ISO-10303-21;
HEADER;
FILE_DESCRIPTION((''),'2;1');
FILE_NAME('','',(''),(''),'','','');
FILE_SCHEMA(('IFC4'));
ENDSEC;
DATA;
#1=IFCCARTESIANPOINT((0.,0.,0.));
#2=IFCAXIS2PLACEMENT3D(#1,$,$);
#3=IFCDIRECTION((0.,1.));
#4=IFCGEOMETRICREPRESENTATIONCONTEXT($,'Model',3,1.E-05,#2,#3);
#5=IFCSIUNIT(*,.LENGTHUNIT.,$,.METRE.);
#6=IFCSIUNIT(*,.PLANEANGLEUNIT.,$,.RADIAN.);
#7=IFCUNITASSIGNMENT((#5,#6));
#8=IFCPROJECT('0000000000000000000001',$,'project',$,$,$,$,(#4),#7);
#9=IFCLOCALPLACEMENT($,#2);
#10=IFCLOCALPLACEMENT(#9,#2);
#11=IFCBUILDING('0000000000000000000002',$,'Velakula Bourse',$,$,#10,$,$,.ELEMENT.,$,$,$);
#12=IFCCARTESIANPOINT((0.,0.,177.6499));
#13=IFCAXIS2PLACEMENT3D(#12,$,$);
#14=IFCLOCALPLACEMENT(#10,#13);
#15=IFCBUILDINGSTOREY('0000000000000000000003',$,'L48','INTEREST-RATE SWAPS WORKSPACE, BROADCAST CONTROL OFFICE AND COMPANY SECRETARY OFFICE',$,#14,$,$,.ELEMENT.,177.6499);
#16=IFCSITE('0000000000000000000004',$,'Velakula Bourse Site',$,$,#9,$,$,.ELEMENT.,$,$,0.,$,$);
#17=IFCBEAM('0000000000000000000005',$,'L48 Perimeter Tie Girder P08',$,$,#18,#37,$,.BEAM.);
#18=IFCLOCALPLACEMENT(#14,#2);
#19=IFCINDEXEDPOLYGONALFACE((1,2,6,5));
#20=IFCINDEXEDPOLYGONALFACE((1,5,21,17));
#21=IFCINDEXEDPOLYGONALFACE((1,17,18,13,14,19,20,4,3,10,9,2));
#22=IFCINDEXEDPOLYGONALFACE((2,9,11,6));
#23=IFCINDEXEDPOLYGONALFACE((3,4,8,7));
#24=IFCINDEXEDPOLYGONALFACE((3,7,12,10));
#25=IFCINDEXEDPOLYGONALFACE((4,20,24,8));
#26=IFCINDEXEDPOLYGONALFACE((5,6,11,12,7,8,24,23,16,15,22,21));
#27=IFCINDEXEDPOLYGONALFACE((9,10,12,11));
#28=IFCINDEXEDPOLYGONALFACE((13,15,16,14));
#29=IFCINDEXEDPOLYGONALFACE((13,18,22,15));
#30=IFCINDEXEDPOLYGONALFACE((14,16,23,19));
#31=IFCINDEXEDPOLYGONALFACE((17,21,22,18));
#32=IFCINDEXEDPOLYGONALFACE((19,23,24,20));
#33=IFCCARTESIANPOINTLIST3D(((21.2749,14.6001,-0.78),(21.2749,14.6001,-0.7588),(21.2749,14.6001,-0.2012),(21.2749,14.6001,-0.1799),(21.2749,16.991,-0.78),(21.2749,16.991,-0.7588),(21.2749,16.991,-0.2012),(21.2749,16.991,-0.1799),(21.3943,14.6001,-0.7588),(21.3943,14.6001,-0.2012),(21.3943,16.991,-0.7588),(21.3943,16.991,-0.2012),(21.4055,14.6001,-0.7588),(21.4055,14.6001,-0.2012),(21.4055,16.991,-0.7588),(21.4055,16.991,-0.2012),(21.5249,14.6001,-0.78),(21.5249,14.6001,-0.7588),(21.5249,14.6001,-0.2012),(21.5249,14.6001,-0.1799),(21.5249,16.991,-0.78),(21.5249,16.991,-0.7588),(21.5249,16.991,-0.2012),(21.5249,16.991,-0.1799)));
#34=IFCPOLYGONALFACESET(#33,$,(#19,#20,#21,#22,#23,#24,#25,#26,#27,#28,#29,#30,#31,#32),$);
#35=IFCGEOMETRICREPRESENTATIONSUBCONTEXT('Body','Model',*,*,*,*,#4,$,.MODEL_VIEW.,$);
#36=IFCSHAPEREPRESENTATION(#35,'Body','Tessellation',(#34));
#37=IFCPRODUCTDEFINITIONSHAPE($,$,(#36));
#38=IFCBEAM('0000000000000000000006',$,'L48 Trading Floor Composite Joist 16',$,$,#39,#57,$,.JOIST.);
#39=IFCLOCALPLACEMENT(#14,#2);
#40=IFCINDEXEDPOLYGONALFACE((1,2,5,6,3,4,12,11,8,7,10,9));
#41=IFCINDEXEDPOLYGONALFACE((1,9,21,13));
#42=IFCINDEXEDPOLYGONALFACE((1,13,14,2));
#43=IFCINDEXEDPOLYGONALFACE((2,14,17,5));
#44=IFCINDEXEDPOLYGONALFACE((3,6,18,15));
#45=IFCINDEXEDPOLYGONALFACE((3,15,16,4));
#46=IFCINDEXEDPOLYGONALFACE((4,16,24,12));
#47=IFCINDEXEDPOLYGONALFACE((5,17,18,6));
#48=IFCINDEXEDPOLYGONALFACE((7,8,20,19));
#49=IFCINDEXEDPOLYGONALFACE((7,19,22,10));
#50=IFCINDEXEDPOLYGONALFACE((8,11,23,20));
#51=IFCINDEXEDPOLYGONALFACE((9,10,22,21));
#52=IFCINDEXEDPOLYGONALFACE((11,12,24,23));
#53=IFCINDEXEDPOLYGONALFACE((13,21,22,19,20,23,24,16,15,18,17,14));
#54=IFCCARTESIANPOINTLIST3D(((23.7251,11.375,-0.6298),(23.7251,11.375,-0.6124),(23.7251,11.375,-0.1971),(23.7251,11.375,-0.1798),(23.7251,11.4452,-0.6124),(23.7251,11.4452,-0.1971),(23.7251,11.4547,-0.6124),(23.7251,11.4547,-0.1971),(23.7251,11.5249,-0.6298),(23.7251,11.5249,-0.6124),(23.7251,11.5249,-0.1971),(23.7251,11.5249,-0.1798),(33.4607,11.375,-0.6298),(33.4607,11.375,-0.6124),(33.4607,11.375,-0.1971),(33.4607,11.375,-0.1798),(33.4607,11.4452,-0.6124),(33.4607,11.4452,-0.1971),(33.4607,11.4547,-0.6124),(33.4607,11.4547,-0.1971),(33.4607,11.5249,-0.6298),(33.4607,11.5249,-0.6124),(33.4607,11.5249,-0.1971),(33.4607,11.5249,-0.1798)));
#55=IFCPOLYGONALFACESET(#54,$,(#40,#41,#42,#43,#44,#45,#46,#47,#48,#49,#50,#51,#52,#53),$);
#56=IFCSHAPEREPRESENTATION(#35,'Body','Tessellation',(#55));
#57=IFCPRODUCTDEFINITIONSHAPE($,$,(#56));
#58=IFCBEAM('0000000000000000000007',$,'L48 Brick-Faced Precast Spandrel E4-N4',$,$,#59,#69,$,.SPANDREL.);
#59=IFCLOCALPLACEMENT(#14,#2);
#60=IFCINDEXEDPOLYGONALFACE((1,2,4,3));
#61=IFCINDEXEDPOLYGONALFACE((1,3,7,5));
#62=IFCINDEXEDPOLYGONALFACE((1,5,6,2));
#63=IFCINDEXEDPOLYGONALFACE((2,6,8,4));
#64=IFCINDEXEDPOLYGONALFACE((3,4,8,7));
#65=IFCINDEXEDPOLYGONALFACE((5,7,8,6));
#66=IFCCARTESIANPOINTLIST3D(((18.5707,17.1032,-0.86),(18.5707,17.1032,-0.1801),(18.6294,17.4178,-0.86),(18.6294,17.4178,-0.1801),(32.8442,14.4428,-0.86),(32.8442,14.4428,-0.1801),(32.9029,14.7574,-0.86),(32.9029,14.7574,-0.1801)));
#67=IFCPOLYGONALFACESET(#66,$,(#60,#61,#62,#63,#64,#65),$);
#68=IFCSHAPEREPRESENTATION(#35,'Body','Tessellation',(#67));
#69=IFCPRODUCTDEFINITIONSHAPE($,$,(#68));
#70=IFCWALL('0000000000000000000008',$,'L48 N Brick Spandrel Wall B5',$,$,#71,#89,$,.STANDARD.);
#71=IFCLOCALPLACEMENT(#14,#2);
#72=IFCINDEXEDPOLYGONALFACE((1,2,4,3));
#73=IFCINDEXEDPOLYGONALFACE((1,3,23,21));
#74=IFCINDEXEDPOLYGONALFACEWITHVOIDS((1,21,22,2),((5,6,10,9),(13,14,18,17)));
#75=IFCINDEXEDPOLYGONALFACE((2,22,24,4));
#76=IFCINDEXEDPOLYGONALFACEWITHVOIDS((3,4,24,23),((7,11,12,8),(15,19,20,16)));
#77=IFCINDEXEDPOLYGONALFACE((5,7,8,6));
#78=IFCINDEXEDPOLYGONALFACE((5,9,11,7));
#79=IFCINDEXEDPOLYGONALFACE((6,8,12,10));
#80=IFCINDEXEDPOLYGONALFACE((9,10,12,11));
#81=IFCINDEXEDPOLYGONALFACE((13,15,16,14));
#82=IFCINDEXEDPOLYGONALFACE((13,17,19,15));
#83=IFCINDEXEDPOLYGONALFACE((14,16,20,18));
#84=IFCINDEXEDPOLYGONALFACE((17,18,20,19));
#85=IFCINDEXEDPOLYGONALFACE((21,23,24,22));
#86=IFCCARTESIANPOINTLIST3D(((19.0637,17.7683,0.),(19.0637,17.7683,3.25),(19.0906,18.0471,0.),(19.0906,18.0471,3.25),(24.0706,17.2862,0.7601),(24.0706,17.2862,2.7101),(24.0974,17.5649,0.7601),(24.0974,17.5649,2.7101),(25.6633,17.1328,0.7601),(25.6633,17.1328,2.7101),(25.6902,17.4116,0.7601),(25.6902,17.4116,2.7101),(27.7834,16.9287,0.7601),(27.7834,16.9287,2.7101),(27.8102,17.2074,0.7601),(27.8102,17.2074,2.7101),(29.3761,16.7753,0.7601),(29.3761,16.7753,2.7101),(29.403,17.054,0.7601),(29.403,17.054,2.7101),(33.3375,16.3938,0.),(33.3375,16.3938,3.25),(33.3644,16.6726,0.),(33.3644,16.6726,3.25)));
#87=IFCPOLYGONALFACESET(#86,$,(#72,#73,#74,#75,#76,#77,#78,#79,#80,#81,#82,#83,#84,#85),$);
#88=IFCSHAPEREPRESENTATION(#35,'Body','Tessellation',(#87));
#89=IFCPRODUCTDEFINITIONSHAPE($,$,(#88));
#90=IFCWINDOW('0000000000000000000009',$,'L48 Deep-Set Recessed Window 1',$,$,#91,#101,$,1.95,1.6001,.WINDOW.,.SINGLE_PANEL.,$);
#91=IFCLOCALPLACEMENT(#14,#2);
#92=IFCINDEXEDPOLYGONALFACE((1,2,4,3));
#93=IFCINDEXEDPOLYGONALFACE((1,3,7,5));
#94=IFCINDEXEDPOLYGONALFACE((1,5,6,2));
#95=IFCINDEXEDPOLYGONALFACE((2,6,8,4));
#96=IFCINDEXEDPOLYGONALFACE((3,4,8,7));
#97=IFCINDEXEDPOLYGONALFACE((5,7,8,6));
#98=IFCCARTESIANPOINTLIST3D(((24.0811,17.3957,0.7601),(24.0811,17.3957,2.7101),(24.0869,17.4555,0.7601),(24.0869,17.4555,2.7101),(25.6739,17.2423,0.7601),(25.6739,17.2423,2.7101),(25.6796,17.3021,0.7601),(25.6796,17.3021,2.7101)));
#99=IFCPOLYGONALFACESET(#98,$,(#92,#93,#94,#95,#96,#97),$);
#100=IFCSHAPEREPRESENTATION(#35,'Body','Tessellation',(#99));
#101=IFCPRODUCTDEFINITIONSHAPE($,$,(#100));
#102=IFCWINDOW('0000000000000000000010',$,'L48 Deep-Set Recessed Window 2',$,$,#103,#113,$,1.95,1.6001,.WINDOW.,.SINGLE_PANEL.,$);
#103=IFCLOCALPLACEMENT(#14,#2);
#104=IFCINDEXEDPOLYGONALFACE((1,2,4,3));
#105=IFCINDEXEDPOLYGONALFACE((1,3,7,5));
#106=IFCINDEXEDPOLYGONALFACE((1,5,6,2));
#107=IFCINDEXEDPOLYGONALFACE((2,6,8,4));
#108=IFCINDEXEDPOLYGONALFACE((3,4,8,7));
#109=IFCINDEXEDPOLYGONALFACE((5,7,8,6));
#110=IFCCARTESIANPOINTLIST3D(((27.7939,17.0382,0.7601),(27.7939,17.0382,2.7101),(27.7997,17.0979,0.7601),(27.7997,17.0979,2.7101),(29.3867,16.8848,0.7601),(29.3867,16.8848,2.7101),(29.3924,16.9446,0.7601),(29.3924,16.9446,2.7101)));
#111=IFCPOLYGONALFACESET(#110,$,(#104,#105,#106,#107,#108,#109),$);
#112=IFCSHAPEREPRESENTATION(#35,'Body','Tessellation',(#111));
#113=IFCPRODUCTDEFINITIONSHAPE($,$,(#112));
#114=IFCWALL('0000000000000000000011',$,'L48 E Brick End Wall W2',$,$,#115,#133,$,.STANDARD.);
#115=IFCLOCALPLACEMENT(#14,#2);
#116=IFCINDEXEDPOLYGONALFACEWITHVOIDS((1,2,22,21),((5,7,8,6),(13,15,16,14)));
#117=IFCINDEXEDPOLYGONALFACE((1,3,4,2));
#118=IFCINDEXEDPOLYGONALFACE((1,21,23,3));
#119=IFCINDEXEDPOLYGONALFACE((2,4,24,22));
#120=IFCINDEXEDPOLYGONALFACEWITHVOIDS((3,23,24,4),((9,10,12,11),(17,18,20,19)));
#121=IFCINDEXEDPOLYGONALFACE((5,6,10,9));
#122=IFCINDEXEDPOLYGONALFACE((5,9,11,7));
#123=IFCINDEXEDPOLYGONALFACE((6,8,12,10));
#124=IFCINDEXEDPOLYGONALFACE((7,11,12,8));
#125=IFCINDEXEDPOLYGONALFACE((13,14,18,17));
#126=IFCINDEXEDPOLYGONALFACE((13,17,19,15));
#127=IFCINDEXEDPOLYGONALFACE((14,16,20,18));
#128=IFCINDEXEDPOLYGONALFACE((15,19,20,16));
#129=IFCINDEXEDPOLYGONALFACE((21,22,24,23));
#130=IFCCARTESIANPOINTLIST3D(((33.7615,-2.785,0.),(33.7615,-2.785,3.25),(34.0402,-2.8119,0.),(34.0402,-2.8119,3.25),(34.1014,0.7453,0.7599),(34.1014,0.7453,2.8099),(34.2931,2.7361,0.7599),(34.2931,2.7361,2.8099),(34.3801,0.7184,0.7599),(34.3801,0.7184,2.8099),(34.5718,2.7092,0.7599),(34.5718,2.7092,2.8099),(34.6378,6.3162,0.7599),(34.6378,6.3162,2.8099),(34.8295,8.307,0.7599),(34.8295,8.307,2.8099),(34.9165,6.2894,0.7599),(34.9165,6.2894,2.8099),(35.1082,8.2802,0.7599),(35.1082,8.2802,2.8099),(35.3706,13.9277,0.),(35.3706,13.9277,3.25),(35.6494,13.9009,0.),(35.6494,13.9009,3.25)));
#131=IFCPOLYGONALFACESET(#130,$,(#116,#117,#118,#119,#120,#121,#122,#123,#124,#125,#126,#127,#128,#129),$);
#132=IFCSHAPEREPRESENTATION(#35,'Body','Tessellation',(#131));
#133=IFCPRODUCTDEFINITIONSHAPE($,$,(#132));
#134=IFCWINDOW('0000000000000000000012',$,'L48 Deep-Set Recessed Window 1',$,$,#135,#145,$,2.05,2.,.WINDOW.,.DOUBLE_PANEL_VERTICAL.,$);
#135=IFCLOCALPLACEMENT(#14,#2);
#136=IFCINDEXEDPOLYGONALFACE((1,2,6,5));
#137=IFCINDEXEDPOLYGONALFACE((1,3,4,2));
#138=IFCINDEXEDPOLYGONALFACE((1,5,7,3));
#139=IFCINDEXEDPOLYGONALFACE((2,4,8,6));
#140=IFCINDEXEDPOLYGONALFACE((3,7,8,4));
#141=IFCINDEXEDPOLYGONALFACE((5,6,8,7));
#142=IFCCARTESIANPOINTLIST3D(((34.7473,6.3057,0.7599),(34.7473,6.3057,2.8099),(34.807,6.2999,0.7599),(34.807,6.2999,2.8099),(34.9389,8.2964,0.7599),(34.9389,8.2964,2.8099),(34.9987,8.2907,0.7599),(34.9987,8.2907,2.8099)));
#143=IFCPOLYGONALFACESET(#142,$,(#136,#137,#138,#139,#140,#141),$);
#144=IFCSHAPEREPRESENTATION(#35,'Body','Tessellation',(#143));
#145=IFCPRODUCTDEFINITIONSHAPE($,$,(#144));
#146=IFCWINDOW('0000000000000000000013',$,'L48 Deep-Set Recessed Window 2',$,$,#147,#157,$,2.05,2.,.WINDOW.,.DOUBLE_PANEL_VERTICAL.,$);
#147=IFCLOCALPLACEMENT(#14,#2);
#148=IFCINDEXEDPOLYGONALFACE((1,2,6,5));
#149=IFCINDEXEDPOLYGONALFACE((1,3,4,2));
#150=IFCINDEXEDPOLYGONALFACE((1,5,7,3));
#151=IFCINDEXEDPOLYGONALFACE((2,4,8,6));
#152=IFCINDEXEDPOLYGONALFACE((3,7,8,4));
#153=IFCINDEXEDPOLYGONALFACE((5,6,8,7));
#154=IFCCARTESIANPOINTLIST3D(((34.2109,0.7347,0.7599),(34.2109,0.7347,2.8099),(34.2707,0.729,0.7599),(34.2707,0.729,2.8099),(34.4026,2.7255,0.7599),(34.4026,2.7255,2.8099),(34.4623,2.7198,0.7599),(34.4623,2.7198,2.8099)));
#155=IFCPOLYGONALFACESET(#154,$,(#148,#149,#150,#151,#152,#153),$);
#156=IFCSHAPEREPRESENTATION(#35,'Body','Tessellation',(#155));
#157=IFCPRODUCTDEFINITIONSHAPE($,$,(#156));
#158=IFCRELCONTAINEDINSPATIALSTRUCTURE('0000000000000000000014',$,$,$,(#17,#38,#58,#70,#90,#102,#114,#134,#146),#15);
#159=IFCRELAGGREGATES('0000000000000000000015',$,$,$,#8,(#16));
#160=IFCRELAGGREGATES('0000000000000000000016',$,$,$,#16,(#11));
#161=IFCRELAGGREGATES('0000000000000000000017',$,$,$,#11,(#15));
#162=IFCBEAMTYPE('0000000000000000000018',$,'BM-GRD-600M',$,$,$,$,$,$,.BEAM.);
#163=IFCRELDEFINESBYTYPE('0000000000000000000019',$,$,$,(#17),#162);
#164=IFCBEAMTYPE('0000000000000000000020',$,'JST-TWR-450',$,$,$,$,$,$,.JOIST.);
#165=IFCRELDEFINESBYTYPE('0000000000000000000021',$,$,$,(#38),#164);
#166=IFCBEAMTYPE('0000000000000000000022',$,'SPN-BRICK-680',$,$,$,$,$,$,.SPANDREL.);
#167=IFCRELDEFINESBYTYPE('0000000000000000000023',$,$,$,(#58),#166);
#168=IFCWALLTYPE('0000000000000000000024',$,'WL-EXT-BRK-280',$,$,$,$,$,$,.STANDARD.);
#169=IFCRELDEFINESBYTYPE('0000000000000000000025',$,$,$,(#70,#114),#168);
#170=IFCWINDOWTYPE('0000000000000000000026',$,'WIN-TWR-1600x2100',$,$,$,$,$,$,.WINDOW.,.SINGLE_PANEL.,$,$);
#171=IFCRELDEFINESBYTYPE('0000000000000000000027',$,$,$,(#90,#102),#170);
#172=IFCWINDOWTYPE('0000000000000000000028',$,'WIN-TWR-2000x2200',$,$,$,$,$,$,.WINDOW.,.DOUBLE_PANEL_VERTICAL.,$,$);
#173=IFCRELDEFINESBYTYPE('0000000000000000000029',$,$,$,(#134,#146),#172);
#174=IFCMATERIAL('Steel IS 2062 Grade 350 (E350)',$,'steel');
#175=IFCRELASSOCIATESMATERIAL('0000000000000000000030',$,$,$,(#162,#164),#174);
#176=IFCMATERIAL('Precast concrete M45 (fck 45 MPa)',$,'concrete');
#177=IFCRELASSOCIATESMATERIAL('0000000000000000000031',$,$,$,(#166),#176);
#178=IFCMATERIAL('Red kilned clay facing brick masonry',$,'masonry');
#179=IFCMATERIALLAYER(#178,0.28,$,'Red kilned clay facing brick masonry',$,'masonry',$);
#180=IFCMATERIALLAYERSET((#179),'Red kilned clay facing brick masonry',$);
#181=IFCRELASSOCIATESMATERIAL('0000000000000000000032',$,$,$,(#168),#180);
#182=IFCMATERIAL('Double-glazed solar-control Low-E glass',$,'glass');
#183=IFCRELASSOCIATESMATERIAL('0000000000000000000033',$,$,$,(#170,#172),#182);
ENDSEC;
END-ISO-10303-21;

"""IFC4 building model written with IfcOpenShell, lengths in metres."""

from ifc_helpers import new_model, si_unit, direction, frame, frame_2d, origin, origin_2d, place, context, subcontext, project, spatial, rectangle, i_section, extrude, material, layer, layer_set, material_profile, profile_set, type_object, element, fill, save


model = new_model("IFC4")

# Units and contexts
model_context = context("Model", 3, precision=1e-05, world=origin(), true_north=direction((0.0, 1.0)))
body_context = subcontext(model_context, "Body", "Model", "MODEL_VIEW")
ifc_project = project(units=[si_unit("LENGTHUNIT", "METRE"), si_unit("PLANEANGLEUNIT", "RADIAN")], contexts=[model_context])

# Site, building, storey
site_placement = place(None, origin())
site = spatial("IfcSite", under=ifc_project, at=site_placement, Name="Velakula Bourse Site", CompositionType="ELEMENT", RefElevation=0.0)
building_placement = place(site_placement, origin())
building = spatial("IfcBuilding", under=site, at=building_placement, Name="Velakula Bourse", CompositionType="ELEMENT")
storey_placement = place(building_placement, frame((0.0, 0.0, 177.6499)))
storey = spatial("IfcBuildingStorey", under=building, at=storey_placement, Name="L48", Description="INTEREST-RATE SWAPS WORKSPACE, BROADCAST CONTROL OFFICE AND COMPANY SECRETARY OFFICE", CompositionType="ELEMENT", Elevation=177.6499)

# Shared definitions
ifc_material_1 = material(Name="Steel IS 2062 Grade 350 (E350)", Category="steel")
ifc_material_2 = material(Name="Precast concrete M45 (fck 45 MPa)", Category="concrete")

# Beams
ifc_material_profile_1 = material_profile(ifc_material_1, i_section(OverallWidth=0.25, OverallDepth=0.6001, WebThickness=0.0112, FlangeThickness=0.0212, at=origin_2d()), Name="Steel IS 2062 Grade 350 (E350)")
ifc_profile_set_1 = profile_set([ifc_material_profile_1], Name="Steel IS 2062 Grade 350 (E350)")
beam_type_1 = type_object("IfcBeamType", Name="BM-GRD-600M", PredefinedType="BEAM", material=ifc_profile_set_1)
beam_1_placement = place(storey_placement, frame((21.3999, 14.6001, -0.48), z_axis=(0.0, 1.0, 0.0), x_axis=(-1.0, 0.0, 0.0)))
element("IfcBeam", 1, at=beam_1_placement, inside=storey, type_object=beam_type_1, Name="L48 Perimeter Tie Girder P08", PredefinedType="BEAM", context=body_context, shape_type="SweptSolid", body=[
    extrude(i_section(OverallWidth=0.25, OverallDepth=0.6001, WebThickness=0.0112, FlangeThickness=0.0212, at=origin_2d()), origin(), (0.0, 0.0, 1.0), 2.3909),
])
ifc_material_profile_2 = material_profile(ifc_material_1, i_section(OverallWidth=0.1499, OverallDepth=0.45, WebThickness=0.0095, FlangeThickness=0.0173, at=origin_2d()), Name="Steel IS 2062 Grade 350 (E350)")
ifc_profile_set_2 = profile_set([ifc_material_profile_2], Name="Steel IS 2062 Grade 350 (E350)")
beam_type_2 = type_object("IfcBeamType", Name="JST-TWR-450", PredefinedType="JOIST", material=ifc_profile_set_2)
beam_2_placement = place(storey_placement, frame((23.7251, 11.45, -0.4048), z_axis=(1.0, 0.0, 0.0), x_axis=(0.0, 1.0, 0.0)))
element("IfcBeam", 2, at=beam_2_placement, inside=storey, type_object=beam_type_2, Name="L48 Trading Floor Composite Joist 16", PredefinedType="JOIST", context=body_context, shape_type="SweptSolid", body=[
    extrude(i_section(OverallWidth=0.1499, OverallDepth=0.45, WebThickness=0.0095, FlangeThickness=0.0173, at=origin_2d()), origin(), (0.0, 0.0, 1.0), 9.7356),
])
ifc_material_profile_3 = material_profile(ifc_material_2, rectangle(XDim=0.3201, YDim=0.6799, at=origin_2d()), Name="Precast concrete M45 (fck 45 MPa)")
ifc_profile_set_3 = profile_set([ifc_material_profile_3], Name="Precast concrete M45 (fck 45 MPa)")
beam_type_3 = type_object("IfcBeamType", Name="SPN-BRICK-680", PredefinedType="SPANDREL", material=ifc_profile_set_3)
beam_3_placement = place(storey_placement, frame((32.8735, 14.6001, -0.52), z_axis=(-0.98307, 0.183233, 0.0), x_axis=(-0.183233, -0.98307, 0.0)))
element("IfcBeam", 3, at=beam_3_placement, inside=storey, type_object=beam_type_3, Name="L48 Brick-Faced Precast Spandrel E4-N4", PredefinedType="SPANDREL", context=body_context, shape_type="SweptSolid", body=[
    extrude(rectangle(XDim=0.3201, YDim=0.6799, at=origin_2d()), origin(), (0.0, 0.0, 1.0), 14.5193),
])

# Walls, openings, windows
ifc_material_3 = material(Name="Red kilned clay facing brick masonry", Category="masonry")
ifc_layer = layer(ifc_material_3, 0.28, Name="Red kilned clay facing brick masonry", Category="masonry")
ifc_layer_set = layer_set([ifc_layer], Name="Red kilned clay facing brick masonry")
wall_type = type_object("IfcWallType", Name="WL-EXT-BRK-280", PredefinedType="STANDARD", material=ifc_layer_set)
wall_1_placement = place(storey_placement, frame((19.0771, 17.9077, 0.0), z_axis=(0.0, 0.0, 1.0), x_axis=(0.995396, -0.095852, 0.0)))
wall_1 = element("IfcWall", 4, at=wall_1_placement, inside=storey, type_object=wall_type, Name="L48 N Brick Spandrel Wall B5", PredefinedType="STANDARD", context=body_context, shape_type="SweptSolid", body=[
    extrude(rectangle(XDim=14.3398, YDim=0.28, at=frame_2d((7.1699, 0.0))), origin(), (0.0, 0.0, 1.0), 3.25),
])
opening_1_placement = place(wall_1_placement, frame((5.03, 0.0, 0.76)))
opening_1 = element("IfcOpeningElement", 5, at=opening_1_placement, cuts=wall_1, PredefinedType="OPENING", context=body_context, shape_type="SweptSolid", body=[
    extrude(rectangle(XDim=1.6001, YDim=1.95, at=frame_2d((0.8, 0.9751))), frame((0.0, 0.1499, 0.0), z_axis=(0.0, -1.0, 0.0), x_axis=(1.0, 0.0, 0.0)), (0.0, 0.0, 1.0), 0.3),
])
opening_2_placement = place(wall_1_placement, frame((8.76, 0.0, 0.76)))
opening_2 = element("IfcOpeningElement", 6, at=opening_2_placement, cuts=wall_1, PredefinedType="OPENING", context=body_context, shape_type="SweptSolid", body=[
    extrude(rectangle(XDim=1.6001, YDim=1.95, at=frame_2d((0.8, 0.9751))), frame((0.0, 0.1499, 0.0), z_axis=(0.0, -1.0, 0.0), x_axis=(1.0, 0.0, 0.0)), (0.0, 0.0, 1.0), 0.3),
])
ifc_material_4 = material(Name="Double-glazed solar-control Low-E glass", Category="glass")
window_type_1 = type_object("IfcWindowType", Name="WIN-TWR-1600x2100", PartitioningType="SINGLE_PANEL", PredefinedType="WINDOW", material=ifc_material_4)
window_1_placement = place(opening_1_placement, origin())
window_1 = element("IfcWindow", 7, at=window_1_placement, inside=storey, type_object=window_type_1, Name="L48 Deep-Set Recessed Window 1", OverallHeight=1.95, OverallWidth=1.6001, PartitioningType="SINGLE_PANEL", PredefinedType="WINDOW", context=body_context, shape_type="SweptSolid", body=[
    extrude(rectangle(XDim=1.6001, YDim=1.95, at=frame_2d((0.8, 0.9751))), frame((0.0, 0.03, 0.0), z_axis=(0.0, -1.0, 0.0), x_axis=(1.0, 0.0, 0.0)), (0.0, 0.0, 1.0), 0.0601),
])
fill(opening_1, window_1)
window_2_placement = place(opening_2_placement, origin())
window_2 = element("IfcWindow", 8, at=window_2_placement, inside=storey, type_object=window_type_1, Name="L48 Deep-Set Recessed Window 2", OverallHeight=1.95, OverallWidth=1.6001, PartitioningType="SINGLE_PANEL", PredefinedType="WINDOW", context=body_context, shape_type="SweptSolid", body=[
    extrude(rectangle(XDim=1.6001, YDim=1.95, at=frame_2d((0.8, 0.9751))), frame((0.0, 0.03, 0.0), z_axis=(0.0, -1.0, 0.0), x_axis=(1.0, 0.0, 0.0)), (0.0, 0.0, 1.0), 0.0601),
])
fill(opening_2, window_2)
wall_2_placement = place(storey_placement, frame((35.51, 13.9143, 0.0), z_axis=(0.0, 0.0, 1.0), x_axis=(-0.095839, -0.995397, 0.0)))
wall_2 = element("IfcWall", 9, at=wall_2_placement, inside=storey, type_object=wall_type, Name="L48 E Brick End Wall W2", PredefinedType="STANDARD", context=body_context, shape_type="SweptSolid", body=[
    extrude(rectangle(XDim=16.79, YDim=0.28, at=frame_2d((8.395, 0.0))), origin(), (0.0, 0.0, 1.0), 3.25),
])
opening_3_placement = place(wall_2_placement, frame((5.6467, 0.0, 0.76)))
opening_3 = element("IfcOpeningElement", 10, at=opening_3_placement, cuts=wall_2, PredefinedType="OPENING", context=body_context, shape_type="SweptSolid", body=[
    extrude(rectangle(XDim=2.0, YDim=2.05, at=frame_2d((1.0, 1.0249))), frame((0.0, 0.1499, 0.0), z_axis=(0.0, -1.0, 0.0), x_axis=(1.0, 0.0, 0.0)), (0.0, 0.0, 1.0), 0.3),
])
opening_4_placement = place(wall_2_placement, frame((11.2434, 0.0, 0.76)))
opening_4 = element("IfcOpeningElement", 11, at=opening_4_placement, cuts=wall_2, PredefinedType="OPENING", context=body_context, shape_type="SweptSolid", body=[
    extrude(rectangle(XDim=2.0, YDim=2.05, at=frame_2d((1.0, 1.0249))), frame((0.0, 0.1499, 0.0), z_axis=(0.0, -1.0, 0.0), x_axis=(1.0, 0.0, 0.0)), (0.0, 0.0, 1.0), 0.3),
])
window_type_2 = type_object("IfcWindowType", Name="WIN-TWR-2000x2200", PartitioningType="DOUBLE_PANEL_VERTICAL", PredefinedType="WINDOW", material=ifc_material_4)
window_3_placement = place(opening_3_placement, origin())
window_3 = element("IfcWindow", 12, at=window_3_placement, inside=storey, type_object=window_type_2, Name="L48 Deep-Set Recessed Window 1", OverallHeight=2.05, OverallWidth=2.0, PartitioningType="DOUBLE_PANEL_VERTICAL", PredefinedType="WINDOW", context=body_context, shape_type="SweptSolid", body=[
    extrude(rectangle(XDim=2.0, YDim=2.05, at=frame_2d((1.0, 1.0249))), frame((0.0, 0.03, 0.0), z_axis=(0.0, -1.0, 0.0), x_axis=(1.0, 0.0, 0.0)), (0.0, 0.0, 1.0), 0.0601),
])
fill(opening_3, window_3)
window_4_placement = place(opening_4_placement, origin())
window_4 = element("IfcWindow", 13, at=window_4_placement, inside=storey, type_object=window_type_2, Name="L48 Deep-Set Recessed Window 2", OverallHeight=2.05, OverallWidth=2.0, PartitioningType="DOUBLE_PANEL_VERTICAL", PredefinedType="WINDOW", context=body_context, shape_type="SweptSolid", body=[
    extrude(rectangle(XDim=2.0, YDim=2.05, at=frame_2d((1.0, 1.0249))), frame((0.0, 0.03, 0.0), z_axis=(0.0, -1.0, 0.0), x_axis=(1.0, 0.0, 0.0)), (0.0, 0.0, 1.0), 0.0601),
])
fill(opening_4, window_4)

save(model, "model.ifc")
